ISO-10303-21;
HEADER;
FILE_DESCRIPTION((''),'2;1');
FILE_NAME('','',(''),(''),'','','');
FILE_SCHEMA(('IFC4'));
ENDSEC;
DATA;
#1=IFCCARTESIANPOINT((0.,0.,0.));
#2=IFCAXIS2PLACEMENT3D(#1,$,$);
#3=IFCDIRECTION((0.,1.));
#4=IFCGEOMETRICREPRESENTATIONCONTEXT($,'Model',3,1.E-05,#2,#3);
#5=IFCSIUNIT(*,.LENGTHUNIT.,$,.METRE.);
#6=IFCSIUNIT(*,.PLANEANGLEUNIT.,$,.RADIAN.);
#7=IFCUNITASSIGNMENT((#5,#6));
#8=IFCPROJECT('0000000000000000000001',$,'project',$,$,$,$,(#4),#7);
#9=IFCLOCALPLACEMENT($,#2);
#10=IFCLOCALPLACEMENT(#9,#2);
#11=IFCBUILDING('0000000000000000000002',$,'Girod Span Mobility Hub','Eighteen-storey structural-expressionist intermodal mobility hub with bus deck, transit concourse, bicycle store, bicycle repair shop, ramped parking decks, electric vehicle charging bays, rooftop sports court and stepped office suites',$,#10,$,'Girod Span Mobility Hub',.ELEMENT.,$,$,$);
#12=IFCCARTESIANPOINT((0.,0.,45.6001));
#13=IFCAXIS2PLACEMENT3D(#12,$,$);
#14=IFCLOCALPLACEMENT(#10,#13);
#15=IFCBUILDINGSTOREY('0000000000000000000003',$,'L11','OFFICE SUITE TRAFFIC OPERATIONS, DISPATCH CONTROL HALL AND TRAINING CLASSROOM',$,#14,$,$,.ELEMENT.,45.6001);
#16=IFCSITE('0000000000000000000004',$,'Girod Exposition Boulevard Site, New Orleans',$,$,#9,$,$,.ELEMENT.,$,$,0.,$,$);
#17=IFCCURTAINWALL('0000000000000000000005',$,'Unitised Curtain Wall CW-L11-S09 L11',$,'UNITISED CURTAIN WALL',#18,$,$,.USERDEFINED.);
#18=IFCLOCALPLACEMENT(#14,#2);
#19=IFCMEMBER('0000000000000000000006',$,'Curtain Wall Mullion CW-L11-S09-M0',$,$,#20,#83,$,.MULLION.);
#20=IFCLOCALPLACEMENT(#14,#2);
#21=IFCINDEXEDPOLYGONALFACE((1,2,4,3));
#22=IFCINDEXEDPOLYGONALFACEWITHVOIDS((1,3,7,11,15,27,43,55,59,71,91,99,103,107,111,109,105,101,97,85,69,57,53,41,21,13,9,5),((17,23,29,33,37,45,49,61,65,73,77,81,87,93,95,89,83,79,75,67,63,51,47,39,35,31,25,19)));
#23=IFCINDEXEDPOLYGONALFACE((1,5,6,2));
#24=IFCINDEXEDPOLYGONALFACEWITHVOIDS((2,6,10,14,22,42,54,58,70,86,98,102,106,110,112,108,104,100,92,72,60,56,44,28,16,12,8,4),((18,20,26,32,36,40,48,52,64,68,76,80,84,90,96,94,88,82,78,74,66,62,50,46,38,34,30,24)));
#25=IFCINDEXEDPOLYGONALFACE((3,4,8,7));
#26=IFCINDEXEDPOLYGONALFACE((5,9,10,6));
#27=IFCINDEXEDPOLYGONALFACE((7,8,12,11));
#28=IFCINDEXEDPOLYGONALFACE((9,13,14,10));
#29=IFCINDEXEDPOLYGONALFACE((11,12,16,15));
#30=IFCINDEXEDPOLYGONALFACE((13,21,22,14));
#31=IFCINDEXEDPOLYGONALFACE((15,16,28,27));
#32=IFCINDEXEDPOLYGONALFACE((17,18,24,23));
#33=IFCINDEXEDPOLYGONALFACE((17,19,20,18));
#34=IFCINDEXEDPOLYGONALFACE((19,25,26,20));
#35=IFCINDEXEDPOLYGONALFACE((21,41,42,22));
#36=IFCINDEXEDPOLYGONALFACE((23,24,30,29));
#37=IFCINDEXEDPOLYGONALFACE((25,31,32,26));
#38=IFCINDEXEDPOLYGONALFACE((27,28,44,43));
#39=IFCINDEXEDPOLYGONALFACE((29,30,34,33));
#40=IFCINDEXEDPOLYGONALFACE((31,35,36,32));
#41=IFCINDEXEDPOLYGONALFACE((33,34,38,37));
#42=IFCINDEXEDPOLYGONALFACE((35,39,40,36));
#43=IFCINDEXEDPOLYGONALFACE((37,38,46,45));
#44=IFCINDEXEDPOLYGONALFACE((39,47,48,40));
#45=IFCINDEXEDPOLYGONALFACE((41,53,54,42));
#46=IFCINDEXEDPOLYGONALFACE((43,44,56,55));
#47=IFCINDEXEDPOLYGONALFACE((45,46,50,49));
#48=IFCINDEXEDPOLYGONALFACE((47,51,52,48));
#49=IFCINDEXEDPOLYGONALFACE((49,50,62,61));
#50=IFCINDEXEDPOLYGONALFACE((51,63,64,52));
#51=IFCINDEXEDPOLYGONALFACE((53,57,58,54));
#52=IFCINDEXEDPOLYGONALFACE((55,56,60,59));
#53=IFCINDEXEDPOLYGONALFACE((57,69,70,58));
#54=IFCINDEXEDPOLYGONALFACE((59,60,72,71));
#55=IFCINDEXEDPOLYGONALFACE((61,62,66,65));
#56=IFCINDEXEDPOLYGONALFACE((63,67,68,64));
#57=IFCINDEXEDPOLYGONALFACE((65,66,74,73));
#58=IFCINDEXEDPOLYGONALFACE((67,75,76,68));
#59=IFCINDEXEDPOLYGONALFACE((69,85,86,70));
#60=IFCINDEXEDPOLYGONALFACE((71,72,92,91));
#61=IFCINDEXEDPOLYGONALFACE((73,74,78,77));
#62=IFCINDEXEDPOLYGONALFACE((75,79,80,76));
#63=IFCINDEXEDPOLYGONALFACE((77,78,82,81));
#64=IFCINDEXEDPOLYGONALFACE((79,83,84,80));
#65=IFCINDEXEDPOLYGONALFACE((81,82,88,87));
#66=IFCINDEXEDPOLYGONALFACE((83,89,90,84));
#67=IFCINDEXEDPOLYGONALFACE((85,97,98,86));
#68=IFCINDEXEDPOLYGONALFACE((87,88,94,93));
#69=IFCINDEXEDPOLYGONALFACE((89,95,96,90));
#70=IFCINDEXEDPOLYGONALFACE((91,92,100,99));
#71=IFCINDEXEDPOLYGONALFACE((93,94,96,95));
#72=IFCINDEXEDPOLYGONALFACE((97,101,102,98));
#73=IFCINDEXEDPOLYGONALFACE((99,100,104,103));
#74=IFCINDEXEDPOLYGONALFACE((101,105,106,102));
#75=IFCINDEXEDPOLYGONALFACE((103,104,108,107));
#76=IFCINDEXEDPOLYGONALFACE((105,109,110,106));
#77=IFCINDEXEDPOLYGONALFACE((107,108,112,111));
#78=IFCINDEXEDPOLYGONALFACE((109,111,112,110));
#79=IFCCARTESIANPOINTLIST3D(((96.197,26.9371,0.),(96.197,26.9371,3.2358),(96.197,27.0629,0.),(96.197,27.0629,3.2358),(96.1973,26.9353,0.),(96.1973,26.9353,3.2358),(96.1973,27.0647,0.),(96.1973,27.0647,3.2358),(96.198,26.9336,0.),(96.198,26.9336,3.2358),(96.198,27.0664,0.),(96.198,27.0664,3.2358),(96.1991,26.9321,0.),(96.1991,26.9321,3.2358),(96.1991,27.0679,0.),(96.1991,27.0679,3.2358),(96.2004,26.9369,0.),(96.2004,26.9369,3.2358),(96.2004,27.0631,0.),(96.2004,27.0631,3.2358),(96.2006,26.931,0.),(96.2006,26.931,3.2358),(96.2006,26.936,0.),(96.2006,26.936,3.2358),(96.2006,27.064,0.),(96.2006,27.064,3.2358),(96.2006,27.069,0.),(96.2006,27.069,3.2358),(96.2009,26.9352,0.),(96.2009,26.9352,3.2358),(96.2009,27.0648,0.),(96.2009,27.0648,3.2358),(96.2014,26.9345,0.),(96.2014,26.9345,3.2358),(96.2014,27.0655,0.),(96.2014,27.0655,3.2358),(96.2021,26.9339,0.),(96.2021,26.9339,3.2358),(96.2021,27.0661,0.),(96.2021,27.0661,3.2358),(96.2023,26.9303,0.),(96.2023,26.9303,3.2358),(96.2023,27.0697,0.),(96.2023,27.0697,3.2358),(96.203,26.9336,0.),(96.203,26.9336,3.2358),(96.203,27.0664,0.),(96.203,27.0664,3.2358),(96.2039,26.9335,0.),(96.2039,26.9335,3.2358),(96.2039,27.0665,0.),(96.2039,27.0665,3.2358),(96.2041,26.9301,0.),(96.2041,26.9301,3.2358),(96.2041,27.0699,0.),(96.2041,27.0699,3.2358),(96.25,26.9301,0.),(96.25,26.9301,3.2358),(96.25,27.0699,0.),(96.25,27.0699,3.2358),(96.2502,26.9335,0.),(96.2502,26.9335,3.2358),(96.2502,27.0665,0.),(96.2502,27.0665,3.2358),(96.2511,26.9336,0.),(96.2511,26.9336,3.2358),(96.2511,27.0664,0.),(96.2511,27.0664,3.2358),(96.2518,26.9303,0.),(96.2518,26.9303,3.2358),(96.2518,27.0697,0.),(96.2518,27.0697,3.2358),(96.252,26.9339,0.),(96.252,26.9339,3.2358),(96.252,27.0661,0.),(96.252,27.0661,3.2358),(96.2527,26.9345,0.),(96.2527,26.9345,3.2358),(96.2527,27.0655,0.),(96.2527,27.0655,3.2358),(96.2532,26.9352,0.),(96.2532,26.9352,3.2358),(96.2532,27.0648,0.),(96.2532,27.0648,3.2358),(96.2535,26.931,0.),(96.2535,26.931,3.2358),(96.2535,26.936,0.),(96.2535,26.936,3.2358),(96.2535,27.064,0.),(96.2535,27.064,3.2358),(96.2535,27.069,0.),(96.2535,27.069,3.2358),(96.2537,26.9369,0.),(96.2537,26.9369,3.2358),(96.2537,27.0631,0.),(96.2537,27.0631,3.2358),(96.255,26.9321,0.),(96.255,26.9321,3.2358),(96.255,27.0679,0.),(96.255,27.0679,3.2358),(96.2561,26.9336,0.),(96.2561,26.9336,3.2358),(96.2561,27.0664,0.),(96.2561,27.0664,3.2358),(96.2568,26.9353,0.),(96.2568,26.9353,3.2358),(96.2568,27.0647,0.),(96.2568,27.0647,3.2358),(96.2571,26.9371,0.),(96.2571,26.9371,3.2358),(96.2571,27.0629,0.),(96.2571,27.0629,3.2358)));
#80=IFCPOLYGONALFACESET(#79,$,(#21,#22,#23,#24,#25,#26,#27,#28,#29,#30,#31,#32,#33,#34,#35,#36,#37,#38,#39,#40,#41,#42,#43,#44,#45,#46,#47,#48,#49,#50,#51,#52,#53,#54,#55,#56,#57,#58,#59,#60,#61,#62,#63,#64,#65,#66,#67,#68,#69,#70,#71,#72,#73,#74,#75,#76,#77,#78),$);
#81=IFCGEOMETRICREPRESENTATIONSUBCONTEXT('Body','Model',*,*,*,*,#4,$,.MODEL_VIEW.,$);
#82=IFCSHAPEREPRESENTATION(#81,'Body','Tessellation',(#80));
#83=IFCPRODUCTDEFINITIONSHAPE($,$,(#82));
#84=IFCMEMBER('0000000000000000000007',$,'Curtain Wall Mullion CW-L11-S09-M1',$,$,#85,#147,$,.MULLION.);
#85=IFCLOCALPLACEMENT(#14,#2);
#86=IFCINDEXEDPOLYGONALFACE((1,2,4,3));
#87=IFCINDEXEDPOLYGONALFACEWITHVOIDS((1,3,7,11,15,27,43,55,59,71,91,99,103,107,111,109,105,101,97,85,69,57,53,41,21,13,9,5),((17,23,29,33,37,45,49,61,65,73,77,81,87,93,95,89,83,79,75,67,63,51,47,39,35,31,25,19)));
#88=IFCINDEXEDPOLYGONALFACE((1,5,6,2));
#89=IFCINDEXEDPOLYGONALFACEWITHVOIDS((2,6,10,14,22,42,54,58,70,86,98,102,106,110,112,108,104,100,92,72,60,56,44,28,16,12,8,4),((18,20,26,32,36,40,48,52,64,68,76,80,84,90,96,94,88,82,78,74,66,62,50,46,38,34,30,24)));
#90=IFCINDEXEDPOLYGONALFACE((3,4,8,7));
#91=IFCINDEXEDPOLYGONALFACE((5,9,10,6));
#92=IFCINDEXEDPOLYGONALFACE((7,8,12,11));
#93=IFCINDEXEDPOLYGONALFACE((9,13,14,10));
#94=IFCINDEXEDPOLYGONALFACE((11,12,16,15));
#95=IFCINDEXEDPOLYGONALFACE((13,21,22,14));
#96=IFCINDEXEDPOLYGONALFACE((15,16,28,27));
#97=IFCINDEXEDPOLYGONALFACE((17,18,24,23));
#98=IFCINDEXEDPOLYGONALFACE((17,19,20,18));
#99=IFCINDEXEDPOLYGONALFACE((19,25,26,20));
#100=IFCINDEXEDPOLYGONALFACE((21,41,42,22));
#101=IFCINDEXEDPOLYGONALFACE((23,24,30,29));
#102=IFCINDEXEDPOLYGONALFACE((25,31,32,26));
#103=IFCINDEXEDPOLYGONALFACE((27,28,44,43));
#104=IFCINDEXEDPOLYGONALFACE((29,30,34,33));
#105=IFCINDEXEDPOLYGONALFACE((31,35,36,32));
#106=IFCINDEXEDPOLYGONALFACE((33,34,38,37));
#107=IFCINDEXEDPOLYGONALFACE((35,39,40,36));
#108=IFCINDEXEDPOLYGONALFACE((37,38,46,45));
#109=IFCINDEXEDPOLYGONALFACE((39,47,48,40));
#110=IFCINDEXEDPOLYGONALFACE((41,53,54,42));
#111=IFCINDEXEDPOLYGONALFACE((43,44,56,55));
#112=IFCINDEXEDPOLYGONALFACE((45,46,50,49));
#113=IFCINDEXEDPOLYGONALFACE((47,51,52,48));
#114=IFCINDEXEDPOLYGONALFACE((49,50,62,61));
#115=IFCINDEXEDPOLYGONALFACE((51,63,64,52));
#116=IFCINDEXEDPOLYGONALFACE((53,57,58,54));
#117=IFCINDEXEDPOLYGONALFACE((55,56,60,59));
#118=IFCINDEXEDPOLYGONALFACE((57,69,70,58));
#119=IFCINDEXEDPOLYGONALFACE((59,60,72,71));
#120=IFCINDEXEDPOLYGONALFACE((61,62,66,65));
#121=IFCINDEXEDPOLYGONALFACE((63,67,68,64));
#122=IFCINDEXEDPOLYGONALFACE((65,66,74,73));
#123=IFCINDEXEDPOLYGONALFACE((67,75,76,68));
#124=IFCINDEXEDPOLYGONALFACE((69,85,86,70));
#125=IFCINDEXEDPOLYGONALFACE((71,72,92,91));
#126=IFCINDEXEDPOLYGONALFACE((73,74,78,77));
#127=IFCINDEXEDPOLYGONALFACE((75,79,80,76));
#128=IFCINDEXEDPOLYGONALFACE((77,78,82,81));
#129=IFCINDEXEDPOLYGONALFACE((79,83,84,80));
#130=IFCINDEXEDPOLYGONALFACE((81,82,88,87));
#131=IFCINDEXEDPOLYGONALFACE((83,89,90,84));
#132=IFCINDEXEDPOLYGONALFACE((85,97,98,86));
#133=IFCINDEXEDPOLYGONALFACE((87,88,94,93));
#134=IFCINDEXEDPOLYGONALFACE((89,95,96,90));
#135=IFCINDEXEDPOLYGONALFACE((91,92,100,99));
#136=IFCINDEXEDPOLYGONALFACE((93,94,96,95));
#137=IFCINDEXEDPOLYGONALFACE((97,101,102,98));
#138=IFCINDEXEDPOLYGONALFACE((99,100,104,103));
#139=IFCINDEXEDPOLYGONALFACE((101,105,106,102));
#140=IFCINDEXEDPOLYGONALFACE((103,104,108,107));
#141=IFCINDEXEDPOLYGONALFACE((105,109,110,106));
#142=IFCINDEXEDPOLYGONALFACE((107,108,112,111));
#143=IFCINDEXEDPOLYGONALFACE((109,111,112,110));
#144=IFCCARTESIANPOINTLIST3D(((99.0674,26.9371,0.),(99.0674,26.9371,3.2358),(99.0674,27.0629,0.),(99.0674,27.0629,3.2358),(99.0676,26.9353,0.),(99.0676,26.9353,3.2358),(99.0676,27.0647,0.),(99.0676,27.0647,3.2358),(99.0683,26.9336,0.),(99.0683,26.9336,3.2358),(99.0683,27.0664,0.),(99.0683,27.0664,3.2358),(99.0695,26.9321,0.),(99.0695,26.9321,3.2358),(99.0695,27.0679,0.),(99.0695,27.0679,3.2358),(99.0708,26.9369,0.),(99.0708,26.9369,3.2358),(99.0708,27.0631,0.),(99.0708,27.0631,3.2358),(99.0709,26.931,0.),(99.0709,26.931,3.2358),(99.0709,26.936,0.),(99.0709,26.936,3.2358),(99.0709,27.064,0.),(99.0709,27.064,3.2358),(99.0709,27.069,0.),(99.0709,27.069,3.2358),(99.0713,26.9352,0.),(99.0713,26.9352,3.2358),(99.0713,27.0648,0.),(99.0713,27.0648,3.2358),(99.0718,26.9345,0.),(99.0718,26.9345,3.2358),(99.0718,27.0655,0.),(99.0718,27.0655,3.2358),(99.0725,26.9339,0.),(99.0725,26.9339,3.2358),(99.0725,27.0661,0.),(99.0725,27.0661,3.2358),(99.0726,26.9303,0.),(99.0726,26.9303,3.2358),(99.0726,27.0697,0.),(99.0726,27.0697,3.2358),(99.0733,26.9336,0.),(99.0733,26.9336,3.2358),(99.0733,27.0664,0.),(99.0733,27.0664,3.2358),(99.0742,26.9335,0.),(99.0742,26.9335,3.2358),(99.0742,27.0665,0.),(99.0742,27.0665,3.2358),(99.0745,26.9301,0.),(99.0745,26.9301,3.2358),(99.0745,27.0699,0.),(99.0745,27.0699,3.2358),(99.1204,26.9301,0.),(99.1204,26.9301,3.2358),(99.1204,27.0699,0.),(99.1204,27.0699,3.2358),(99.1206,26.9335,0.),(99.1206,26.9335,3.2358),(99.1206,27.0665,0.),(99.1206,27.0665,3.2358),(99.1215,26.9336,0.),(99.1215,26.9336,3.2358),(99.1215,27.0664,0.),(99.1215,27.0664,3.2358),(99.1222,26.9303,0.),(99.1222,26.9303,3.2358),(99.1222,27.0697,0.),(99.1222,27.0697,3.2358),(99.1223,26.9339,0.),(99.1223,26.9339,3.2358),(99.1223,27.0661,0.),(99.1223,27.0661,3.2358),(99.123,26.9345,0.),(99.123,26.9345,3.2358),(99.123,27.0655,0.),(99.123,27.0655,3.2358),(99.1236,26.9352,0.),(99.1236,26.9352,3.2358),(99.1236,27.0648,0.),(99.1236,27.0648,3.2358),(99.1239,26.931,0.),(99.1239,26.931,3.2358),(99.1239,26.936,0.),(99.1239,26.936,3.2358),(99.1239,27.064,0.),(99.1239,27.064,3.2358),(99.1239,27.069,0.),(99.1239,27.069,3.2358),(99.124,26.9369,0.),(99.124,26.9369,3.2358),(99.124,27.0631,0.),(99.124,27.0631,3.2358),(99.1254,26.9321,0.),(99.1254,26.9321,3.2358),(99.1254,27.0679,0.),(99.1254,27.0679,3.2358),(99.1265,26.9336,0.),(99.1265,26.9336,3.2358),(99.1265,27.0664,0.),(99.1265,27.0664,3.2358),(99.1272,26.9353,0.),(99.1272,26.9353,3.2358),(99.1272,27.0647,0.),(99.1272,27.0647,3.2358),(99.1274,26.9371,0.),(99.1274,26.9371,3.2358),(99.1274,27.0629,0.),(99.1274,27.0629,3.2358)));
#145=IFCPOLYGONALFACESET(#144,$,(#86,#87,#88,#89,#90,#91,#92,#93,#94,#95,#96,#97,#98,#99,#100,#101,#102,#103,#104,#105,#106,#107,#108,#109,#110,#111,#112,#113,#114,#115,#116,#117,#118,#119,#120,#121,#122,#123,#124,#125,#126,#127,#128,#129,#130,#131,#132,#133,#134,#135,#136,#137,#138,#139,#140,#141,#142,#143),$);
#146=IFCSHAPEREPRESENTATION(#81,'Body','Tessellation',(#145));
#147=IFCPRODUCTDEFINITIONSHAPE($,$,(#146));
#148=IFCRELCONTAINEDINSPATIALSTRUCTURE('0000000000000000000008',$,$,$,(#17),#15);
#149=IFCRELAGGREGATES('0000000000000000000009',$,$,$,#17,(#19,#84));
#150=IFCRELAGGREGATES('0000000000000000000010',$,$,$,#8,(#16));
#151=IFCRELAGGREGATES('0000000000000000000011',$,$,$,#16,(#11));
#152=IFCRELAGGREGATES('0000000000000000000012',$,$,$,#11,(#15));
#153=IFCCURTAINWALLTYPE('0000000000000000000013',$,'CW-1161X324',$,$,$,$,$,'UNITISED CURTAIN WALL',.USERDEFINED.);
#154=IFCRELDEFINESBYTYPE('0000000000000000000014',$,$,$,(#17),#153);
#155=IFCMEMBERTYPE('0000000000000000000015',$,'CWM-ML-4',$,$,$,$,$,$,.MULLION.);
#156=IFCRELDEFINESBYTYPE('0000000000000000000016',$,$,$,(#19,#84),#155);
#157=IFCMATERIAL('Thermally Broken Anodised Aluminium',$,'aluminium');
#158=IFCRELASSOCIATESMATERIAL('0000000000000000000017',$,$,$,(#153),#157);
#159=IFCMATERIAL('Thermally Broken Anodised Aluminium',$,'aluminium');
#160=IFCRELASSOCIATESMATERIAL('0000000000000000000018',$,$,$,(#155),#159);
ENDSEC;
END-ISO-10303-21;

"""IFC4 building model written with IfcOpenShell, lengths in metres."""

from ifc_helpers import new_model, si_unit, direction, frame, origin, origin_2d, place, context, subcontext, project, spatial, hollow_rectangle, extrude, material, material_profile, profile_set, type_object, element, aggregate, save


model = new_model("IFC4")

# Units and contexts
model_context = context("Model", 3, precision=1e-05, world=origin(), true_north=direction((0.0, 1.0)))
body_context = subcontext(model_context, "Body", "Model", "MODEL_VIEW")
ifc_project = project(units=[si_unit("LENGTHUNIT", "METRE"), si_unit("PLANEANGLEUNIT", "RADIAN")], contexts=[model_context])

# Site, building, storey
site_placement = place(None, origin())
site = spatial("IfcSite", under=ifc_project, at=site_placement, Name="Girod Exposition Boulevard Site, New Orleans", CompositionType="ELEMENT", RefElevation=0.0)
building_placement = place(site_placement, origin())
building = spatial("IfcBuilding", under=site, at=building_placement, Name="Girod Span Mobility Hub", Description="Eighteen-storey structural-expressionist intermodal mobility hub with bus deck, transit concourse, bicycle store, bicycle repair shop, ramped parking decks, electric vehicle charging bays, rooftop sports court and stepped office suites", LongName="Girod Span Mobility Hub", CompositionType="ELEMENT")
storey_placement = place(building_placement, frame((0.0, 0.0, 45.6001)))
storey = spatial("IfcBuildingStorey", under=building, at=storey_placement, Name="L11", Description="OFFICE SUITE TRAFFIC OPERATIONS, DISPATCH CONTROL HALL AND TRAINING CLASSROOM", CompositionType="ELEMENT", Elevation=45.6001)

# Curtain wall, members
ifc_material_1 = material(Name="Thermally Broken Anodised Aluminium", Category="aluminium")
curtain_wall_type = type_object("IfcCurtainWallType", Name="CW-1161X324", ElementType="UNITISED CURTAIN WALL", PredefinedType="USERDEFINED", material=ifc_material_1)
curtain_wall_1_placement = place(storey_placement, origin())
curtain_wall_1 = element("IfcCurtainWall", 1, at=curtain_wall_1_placement, inside=storey, type_object=curtain_wall_type, Name="Unitised Curtain Wall CW-L11-S09 L11", ObjectType="UNITISED CURTAIN WALL", PredefinedType="USERDEFINED")
ifc_material_2 = material(Name="Thermally Broken Anodised Aluminium", Category="aluminium")
ifc_material_profile_1 = material_profile(ifc_material_2, hollow_rectangle(XDim=0.1399, YDim=0.0601, WallThickness=0.0034, InnerFilletRadius=0.0034, OuterFilletRadius=0.0071, at=origin_2d()), Name="CW-ML-60X140")
ifc_profile_set_1 = profile_set([ifc_material_profile_1], Name="Thermally Broken Anodised Aluminium")
member_type_1 = type_object("IfcMemberType", Name="CWM-ML-4", PredefinedType="MULLION", material=ifc_profile_set_1)
member_1_placement = place(storey_placement, frame((96.2271, 27.0, 0.0), z_axis=(0.0, 0.0, 1.0), x_axis=(0.0, 1.0, 0.0)))
member_1 = element("IfcMember", 2, at=member_1_placement, type_object=member_type_1, Name="Curtain Wall Mullion CW-L11-S09-M0", PredefinedType="MULLION", context=body_context, shape_type="SweptSolid", body=[
    extrude(hollow_rectangle(XDim=0.1399, YDim=0.0601, WallThickness=0.0034, InnerFilletRadius=0.0034, OuterFilletRadius=0.0071, at=origin_2d()), origin(), (0.0, 0.0, 1.0), 3.2358),
])
member_2_placement = place(storey_placement, frame((99.0974, 27.0, 0.0), z_axis=(0.0, 0.0, 1.0), x_axis=(0.0, 1.0, 0.0)))
member_2 = element("IfcMember", 3, at=member_2_placement, type_object=member_type_1, Name="Curtain Wall Mullion CW-L11-S09-M1", PredefinedType="MULLION", context=body_context, shape_type="SweptSolid", body=[
    extrude(hollow_rectangle(XDim=0.1399, YDim=0.0601, WallThickness=0.0034, InnerFilletRadius=0.0034, OuterFilletRadius=0.0071, at=origin_2d()), origin(), (0.0, 0.0, 1.0), 3.2358),
])

aggregate(curtain_wall_1, [member_1, member_2])

save(model, "model.ifc")
